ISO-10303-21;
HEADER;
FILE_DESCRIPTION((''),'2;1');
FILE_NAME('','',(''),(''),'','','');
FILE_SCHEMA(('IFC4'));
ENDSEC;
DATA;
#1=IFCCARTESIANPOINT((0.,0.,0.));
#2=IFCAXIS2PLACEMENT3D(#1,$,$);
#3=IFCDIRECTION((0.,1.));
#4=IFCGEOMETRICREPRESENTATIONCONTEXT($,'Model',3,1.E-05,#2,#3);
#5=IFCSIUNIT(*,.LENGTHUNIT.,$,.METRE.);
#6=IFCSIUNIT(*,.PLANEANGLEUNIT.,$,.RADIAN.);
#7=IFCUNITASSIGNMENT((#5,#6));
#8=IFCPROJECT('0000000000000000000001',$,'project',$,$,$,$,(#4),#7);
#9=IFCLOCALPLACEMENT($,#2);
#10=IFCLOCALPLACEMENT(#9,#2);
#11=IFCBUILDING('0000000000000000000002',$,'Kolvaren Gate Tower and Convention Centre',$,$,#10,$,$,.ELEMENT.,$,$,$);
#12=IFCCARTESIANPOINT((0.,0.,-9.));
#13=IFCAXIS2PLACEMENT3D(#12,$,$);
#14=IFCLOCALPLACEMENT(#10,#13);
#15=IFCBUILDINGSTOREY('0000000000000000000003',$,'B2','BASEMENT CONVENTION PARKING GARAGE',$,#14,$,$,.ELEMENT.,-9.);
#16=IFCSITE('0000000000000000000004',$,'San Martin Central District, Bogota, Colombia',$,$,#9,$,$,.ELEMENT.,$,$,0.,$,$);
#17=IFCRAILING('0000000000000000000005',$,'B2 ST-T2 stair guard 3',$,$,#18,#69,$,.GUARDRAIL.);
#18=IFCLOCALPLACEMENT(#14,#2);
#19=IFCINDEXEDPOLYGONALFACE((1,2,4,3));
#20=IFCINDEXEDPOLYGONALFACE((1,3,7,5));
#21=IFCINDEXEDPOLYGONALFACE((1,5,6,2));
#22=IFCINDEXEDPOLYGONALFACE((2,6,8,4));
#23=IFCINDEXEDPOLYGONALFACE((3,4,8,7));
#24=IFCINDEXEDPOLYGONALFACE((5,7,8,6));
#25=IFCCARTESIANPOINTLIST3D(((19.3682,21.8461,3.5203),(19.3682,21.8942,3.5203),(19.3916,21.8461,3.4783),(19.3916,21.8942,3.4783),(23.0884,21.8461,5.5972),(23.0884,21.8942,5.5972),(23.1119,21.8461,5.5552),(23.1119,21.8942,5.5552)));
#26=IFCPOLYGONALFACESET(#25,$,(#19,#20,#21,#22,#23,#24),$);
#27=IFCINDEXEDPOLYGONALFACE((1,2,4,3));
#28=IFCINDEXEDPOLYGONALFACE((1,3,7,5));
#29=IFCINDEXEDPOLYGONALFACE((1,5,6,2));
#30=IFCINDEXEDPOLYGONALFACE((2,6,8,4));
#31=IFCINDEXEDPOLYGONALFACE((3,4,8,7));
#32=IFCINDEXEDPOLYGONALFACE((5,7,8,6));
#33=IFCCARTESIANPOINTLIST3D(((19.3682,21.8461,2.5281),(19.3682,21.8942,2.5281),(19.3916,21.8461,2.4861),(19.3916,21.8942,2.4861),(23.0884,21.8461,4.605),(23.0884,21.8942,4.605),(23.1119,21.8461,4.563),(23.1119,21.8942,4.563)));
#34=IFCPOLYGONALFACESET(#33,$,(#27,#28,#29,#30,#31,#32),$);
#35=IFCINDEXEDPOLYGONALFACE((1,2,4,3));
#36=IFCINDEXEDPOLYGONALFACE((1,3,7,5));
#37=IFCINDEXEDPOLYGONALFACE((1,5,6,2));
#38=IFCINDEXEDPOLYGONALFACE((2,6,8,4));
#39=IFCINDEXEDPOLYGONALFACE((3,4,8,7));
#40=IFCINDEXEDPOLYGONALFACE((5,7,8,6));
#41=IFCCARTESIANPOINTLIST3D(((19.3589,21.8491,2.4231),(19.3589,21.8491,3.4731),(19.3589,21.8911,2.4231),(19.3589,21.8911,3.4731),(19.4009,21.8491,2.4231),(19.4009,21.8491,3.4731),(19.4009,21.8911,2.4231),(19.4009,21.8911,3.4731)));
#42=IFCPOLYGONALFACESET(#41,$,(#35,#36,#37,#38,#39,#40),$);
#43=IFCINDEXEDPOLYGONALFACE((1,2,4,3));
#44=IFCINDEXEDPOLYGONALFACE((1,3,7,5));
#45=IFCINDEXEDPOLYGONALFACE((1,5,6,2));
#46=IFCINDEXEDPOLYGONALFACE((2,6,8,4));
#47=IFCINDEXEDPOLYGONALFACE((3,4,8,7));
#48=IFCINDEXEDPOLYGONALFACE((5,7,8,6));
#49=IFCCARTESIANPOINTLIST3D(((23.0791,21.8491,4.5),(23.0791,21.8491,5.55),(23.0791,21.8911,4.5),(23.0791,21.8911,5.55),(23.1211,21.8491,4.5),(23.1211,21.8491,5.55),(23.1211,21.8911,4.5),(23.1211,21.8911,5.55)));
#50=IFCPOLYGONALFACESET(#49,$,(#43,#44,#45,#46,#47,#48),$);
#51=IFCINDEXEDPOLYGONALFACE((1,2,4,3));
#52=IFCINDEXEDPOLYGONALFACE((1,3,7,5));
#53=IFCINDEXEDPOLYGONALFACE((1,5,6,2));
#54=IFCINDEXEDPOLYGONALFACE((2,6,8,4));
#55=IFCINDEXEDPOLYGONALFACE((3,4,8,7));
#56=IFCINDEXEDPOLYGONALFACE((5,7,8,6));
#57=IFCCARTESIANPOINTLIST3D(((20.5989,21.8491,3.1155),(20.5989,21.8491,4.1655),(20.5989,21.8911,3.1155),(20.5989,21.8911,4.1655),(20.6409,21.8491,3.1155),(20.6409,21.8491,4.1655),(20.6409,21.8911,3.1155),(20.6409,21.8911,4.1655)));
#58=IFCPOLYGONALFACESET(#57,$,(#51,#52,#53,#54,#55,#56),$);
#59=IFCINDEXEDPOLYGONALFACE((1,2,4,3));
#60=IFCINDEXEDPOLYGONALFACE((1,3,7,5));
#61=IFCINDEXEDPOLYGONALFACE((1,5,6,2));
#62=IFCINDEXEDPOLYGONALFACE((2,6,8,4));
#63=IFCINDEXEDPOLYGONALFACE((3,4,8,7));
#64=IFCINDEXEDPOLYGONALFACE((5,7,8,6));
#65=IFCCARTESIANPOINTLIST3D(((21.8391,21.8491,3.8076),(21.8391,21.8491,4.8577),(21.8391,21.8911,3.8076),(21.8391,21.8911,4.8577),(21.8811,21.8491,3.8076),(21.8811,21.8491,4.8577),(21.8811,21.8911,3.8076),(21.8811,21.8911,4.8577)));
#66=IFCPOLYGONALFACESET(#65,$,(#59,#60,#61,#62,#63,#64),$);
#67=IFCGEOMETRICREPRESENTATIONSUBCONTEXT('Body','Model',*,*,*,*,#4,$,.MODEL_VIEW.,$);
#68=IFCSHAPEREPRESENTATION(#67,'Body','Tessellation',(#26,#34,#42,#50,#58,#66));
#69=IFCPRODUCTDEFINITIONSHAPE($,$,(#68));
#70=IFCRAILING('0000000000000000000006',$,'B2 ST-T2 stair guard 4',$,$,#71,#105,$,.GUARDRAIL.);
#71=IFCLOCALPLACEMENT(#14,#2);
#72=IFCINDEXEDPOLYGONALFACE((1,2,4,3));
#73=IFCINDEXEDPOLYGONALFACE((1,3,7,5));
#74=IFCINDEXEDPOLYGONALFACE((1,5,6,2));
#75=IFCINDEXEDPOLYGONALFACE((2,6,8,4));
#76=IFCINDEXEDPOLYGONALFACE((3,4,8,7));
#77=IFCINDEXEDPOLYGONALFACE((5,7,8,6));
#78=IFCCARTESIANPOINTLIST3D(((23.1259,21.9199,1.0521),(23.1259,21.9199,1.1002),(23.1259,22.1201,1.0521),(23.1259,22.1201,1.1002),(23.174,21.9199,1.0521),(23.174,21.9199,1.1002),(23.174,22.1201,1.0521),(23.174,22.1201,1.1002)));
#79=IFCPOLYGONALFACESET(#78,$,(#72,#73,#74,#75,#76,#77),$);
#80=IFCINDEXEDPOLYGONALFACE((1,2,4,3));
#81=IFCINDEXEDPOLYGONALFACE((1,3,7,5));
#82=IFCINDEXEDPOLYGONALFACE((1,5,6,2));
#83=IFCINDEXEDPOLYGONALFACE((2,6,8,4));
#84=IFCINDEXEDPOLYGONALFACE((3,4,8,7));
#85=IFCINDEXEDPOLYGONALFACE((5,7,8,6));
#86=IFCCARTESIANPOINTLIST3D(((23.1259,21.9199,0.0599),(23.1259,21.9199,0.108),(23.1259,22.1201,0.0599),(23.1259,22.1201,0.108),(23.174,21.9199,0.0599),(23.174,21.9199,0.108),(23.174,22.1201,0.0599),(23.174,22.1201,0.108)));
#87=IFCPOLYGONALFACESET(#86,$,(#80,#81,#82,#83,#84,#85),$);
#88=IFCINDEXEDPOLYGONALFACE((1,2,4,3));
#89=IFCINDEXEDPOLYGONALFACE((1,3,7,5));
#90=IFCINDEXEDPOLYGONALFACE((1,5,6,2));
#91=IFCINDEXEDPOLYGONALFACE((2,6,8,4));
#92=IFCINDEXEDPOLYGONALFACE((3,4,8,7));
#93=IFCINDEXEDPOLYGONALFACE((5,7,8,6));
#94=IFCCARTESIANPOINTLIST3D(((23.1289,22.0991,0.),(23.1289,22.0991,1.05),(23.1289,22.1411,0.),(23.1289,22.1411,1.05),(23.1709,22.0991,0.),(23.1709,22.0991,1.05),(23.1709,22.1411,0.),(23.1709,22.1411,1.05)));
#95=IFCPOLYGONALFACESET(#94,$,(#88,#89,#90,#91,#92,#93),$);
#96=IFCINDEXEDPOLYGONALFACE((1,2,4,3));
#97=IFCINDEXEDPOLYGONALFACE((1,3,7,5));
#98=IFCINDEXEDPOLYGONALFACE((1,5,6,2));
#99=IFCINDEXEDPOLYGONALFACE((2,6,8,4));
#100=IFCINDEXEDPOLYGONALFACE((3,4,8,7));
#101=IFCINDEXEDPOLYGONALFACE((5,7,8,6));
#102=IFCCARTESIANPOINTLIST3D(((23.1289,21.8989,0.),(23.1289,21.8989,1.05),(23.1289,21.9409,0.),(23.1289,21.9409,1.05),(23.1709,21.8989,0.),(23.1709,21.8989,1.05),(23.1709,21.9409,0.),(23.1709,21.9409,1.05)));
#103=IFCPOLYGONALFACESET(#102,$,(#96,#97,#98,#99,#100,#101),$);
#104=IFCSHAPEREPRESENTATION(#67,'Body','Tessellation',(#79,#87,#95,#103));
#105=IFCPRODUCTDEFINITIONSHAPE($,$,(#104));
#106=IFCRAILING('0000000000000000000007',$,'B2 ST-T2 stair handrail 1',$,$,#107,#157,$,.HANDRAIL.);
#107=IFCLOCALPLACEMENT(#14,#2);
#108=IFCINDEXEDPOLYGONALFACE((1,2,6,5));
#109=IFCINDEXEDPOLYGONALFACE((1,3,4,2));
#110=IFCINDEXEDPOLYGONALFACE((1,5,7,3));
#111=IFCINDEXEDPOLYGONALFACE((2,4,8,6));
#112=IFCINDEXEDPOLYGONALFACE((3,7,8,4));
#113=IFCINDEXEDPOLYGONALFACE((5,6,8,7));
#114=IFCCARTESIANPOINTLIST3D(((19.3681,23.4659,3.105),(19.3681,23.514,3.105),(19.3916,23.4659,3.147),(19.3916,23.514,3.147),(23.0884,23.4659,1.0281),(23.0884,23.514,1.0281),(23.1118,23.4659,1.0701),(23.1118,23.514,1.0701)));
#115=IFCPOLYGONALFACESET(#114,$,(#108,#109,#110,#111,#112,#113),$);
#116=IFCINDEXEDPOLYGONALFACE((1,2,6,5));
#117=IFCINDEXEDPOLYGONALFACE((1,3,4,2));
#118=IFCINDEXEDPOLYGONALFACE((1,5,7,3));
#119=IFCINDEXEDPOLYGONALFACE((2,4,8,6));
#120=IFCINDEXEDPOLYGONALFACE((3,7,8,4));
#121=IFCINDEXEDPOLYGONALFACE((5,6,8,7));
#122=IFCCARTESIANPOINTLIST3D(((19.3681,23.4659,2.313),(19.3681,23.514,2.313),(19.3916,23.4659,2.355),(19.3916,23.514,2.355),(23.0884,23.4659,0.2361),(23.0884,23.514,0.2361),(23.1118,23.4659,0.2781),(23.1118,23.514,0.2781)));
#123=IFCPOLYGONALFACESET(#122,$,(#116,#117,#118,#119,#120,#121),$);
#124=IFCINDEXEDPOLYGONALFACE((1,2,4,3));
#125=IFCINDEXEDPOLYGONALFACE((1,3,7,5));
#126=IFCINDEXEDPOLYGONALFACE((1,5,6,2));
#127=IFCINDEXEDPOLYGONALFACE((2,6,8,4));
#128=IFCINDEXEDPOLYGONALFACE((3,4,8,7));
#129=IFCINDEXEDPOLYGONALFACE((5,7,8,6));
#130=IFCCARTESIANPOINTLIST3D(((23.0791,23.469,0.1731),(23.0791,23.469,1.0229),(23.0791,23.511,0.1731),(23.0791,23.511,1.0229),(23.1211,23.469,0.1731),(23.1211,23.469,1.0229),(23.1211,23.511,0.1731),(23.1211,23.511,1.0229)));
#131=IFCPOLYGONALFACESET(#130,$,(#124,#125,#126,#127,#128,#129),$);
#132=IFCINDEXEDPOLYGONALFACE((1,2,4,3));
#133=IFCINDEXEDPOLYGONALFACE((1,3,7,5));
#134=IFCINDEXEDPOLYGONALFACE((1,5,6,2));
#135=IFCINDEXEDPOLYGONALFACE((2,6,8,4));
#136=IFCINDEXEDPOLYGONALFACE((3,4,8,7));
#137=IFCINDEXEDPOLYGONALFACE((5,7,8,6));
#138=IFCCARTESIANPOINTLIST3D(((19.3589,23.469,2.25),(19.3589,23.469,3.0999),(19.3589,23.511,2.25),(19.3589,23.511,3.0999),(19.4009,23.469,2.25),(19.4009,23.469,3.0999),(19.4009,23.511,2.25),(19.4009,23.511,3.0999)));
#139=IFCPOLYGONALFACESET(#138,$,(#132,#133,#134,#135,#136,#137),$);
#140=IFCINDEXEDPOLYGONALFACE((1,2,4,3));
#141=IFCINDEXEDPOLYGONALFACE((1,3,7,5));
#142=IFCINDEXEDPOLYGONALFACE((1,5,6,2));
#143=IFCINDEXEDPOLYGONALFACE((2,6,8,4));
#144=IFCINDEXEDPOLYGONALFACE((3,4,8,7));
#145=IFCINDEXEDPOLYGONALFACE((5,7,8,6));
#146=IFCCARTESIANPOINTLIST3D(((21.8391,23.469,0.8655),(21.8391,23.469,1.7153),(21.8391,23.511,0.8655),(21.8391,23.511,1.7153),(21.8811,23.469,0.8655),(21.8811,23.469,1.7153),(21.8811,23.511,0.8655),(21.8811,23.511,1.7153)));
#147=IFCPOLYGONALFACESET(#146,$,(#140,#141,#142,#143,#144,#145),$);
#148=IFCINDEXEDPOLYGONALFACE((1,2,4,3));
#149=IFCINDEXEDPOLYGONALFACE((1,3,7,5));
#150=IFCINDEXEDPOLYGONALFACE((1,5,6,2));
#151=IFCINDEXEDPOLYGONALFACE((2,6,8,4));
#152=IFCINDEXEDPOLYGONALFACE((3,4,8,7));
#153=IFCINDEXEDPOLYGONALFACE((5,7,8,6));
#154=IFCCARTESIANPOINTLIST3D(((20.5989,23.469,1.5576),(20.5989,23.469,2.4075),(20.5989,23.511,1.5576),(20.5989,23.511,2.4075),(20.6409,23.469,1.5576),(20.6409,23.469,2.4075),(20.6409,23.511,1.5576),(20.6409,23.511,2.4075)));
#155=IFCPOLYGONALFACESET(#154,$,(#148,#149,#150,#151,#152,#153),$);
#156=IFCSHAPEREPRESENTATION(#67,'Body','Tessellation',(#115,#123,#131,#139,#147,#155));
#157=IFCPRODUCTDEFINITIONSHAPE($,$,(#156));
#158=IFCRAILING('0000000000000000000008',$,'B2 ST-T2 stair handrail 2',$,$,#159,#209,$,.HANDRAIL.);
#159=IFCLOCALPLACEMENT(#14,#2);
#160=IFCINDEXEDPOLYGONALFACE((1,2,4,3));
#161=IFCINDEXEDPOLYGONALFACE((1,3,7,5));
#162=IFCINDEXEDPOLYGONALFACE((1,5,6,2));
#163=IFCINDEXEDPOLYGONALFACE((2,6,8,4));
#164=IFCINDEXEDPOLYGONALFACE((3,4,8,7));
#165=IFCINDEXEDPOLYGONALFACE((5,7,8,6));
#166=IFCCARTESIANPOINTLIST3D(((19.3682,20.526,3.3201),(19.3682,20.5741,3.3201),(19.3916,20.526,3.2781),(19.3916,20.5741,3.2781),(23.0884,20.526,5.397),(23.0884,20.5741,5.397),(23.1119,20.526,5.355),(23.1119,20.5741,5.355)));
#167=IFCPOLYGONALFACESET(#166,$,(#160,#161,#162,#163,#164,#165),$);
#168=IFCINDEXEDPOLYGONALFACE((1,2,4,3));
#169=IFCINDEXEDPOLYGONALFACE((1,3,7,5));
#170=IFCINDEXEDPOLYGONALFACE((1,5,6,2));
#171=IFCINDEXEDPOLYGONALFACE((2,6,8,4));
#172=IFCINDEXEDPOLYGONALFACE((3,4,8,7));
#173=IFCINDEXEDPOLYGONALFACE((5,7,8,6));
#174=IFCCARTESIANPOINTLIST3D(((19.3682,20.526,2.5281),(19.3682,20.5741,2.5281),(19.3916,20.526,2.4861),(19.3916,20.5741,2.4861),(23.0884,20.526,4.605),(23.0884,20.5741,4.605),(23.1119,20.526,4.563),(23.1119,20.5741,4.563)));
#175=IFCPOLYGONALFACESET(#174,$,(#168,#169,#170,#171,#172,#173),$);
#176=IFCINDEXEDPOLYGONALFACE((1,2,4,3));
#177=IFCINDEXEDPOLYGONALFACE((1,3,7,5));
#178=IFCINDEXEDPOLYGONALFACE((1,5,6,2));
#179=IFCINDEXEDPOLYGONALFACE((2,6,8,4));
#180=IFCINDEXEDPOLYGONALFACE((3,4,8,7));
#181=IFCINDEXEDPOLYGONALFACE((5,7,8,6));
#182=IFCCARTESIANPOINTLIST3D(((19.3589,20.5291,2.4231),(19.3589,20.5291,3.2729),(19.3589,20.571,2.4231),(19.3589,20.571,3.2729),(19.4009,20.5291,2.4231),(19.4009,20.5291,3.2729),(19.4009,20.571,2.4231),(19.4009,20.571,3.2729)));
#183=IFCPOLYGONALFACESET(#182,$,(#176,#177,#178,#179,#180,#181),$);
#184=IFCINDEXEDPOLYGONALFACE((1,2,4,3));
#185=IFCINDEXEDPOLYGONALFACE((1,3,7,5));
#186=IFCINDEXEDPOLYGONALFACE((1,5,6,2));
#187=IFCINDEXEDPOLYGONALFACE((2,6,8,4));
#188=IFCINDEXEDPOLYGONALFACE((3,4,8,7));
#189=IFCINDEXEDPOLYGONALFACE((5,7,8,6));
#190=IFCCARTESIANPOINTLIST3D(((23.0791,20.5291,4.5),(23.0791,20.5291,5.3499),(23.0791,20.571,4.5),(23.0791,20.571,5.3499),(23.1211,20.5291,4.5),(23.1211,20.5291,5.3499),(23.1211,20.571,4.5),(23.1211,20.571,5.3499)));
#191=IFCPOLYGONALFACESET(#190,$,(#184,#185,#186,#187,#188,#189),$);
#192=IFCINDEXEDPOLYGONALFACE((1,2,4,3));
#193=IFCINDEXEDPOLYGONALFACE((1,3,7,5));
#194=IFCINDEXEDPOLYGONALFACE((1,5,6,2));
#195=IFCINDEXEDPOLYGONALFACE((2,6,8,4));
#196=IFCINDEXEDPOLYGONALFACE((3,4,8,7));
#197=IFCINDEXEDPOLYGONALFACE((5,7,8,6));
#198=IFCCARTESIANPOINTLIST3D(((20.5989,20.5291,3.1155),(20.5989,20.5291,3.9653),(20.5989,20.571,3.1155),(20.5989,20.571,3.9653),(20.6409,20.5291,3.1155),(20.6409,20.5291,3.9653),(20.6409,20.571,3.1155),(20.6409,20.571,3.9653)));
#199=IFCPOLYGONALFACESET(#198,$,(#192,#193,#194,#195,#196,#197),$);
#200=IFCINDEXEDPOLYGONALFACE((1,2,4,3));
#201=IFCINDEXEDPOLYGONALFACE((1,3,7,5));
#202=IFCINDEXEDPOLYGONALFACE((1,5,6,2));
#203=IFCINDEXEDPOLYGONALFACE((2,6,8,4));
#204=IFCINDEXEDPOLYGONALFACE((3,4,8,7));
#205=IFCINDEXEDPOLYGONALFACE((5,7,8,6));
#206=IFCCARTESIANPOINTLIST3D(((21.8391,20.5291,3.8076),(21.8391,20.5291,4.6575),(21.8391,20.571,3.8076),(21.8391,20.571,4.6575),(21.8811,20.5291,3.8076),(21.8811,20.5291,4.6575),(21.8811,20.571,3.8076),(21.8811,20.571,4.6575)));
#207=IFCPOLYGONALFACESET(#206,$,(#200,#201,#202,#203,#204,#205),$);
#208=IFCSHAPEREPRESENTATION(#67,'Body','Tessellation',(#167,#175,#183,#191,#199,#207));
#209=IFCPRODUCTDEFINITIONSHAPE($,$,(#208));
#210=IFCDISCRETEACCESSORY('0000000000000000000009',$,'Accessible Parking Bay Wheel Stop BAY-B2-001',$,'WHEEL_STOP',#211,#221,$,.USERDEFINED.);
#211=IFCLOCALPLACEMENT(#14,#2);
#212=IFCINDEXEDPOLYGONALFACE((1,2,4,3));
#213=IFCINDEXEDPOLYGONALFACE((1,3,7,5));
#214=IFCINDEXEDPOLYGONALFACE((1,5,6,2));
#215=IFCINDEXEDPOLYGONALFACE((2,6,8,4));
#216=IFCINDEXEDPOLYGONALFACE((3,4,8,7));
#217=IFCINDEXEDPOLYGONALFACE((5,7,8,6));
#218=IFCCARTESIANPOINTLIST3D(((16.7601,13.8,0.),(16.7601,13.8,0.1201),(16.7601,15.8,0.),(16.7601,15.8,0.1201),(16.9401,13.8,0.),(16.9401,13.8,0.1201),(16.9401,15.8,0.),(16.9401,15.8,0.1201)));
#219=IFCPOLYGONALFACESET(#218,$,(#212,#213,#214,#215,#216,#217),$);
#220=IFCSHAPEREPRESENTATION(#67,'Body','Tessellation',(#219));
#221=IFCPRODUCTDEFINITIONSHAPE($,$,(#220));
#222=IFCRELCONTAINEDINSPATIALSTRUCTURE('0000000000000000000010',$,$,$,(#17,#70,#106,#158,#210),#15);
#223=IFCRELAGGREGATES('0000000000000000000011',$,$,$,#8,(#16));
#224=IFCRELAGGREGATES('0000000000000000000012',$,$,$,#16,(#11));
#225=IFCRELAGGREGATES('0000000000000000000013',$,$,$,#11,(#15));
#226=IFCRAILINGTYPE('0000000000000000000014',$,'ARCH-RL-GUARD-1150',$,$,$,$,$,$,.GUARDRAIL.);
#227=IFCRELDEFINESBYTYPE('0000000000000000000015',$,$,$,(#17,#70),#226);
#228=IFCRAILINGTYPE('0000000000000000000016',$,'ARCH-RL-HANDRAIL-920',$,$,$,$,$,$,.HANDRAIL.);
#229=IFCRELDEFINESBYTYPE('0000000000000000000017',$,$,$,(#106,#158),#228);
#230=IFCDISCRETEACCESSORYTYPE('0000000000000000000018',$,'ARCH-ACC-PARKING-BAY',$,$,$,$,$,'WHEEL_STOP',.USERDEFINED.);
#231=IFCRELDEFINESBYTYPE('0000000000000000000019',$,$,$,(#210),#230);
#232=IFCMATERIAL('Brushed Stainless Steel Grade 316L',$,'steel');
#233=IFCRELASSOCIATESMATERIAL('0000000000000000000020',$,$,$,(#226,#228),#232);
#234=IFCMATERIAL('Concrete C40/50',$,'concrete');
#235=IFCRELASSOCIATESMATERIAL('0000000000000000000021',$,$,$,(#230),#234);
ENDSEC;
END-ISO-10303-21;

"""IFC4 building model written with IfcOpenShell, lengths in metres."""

from ifc_helpers import new_model, si_unit, direction, frame, origin, origin_2d, place, context, subcontext, project, spatial, rectangle, extrude, material, type_object, element, save


model = new_model("IFC4")

# Units and contexts
model_context = context("Model", 3, precision=1e-05, world=origin(), true_north=direction((0.0, 1.0)))
body_context = subcontext(model_context, "Body", "Model", "MODEL_VIEW")
ifc_project = project(units=[si_unit("LENGTHUNIT", "METRE"), si_unit("PLANEANGLEUNIT", "RADIAN")], contexts=[model_context])

# Site, building, storey
site_placement = place(None, origin())
site = spatial("IfcSite", under=ifc_project, at=site_placement, Name="San Martin Central District, Bogota, Colombia", CompositionType="ELEMENT", RefElevation=0.0)
building_placement = place(site_placement, origin())
building = spatial("IfcBuilding", under=site, at=building_placement, Name="Kolvaren Gate Tower and Convention Centre", CompositionType="ELEMENT")
storey_placement = place(building_placement, frame((0.0, 0.0, -9.0)))
storey = spatial("IfcBuildingStorey", under=building, at=storey_placement, Name="B2", Description="BASEMENT CONVENTION PARKING GARAGE", CompositionType="ELEMENT", Elevation=-9.0)

# Shared definitions
ifc_material_1 = material(Name="Brushed Stainless Steel Grade 316L", Category="steel")

# Railings
railing_type_1 = type_object("IfcRailingType", Name="ARCH-RL-GUARD-1150", PredefinedType="GUARDRAIL", material=ifc_material_1)
railing_1_placement = place(storey_placement, frame((19.3799, 21.8701, 2.4231)))
element("IfcRailing", 1, at=railing_1_placement, inside=storey, type_object=railing_type_1, Name="B2 ST-T2 stair guard 3", PredefinedType="GUARDRAIL", context=body_context, shape_type="SweptSolid", body=[
    extrude(rectangle(XDim=0.0481, YDim=0.0481, at=origin_2d()), frame((0.0, 0.0, 1.0762), z_axis=(0.873147, 0.0, 0.487457), x_axis=(0.0, 1.0, 0.0)), (0.0, 0.0, 1.0), 4.2607),
    extrude(rectangle(XDim=0.0481, YDim=0.0481, at=origin_2d()), frame((0.0, 0.0, 0.084), z_axis=(0.873147, 0.0, 0.487457), x_axis=(0.0, 1.0, 0.0)), (0.0, 0.0, 1.0), 4.2607),
    extrude(rectangle(XDim=0.042, YDim=0.042, at=origin_2d()), origin(), (0.0, 0.0, 1.0), 1.05),
    extrude(rectangle(XDim=0.042, YDim=0.042, at=origin_2d()), frame((3.7202, 0.0, 2.0769)), (0.0, 0.0, 1.0), 1.05),
    extrude(rectangle(XDim=0.042, YDim=0.042, at=origin_2d()), frame((1.24, 0.0, 0.6924)), (0.0, 0.0, 1.0), 1.05),
    extrude(rectangle(XDim=0.042, YDim=0.042, at=origin_2d()), frame((2.4802, 0.0, 1.3845)), (0.0, 0.0, 1.0), 1.05),
])
railing_2_placement = place(storey_placement, frame((23.1499, 22.1201, 0.0)))
element("IfcRailing", 2, at=railing_2_placement, inside=storey, type_object=railing_type_1, Name="B2 ST-T2 stair guard 4", PredefinedType="GUARDRAIL", context=body_context, shape_type="SweptSolid", body=[
    extrude(rectangle(XDim=0.0481, YDim=0.0481, at=origin_2d()), frame((0.0, 0.0, 1.0762), z_axis=(0.0, -1.0, 0.0), x_axis=(1.0, 0.0, 0.0)), (0.0, 0.0, 1.0), 0.2002),
    extrude(rectangle(XDim=0.0481, YDim=0.0481, at=origin_2d()), frame((0.0, 0.0, 0.084), z_axis=(0.0, -1.0, 0.0), x_axis=(1.0, 0.0, 0.0)), (0.0, 0.0, 1.0), 0.2002),
    extrude(rectangle(XDim=0.042, YDim=0.042, at=origin_2d()), origin(), (0.0, 0.0, 1.0), 1.05),
    extrude(rectangle(XDim=0.042, YDim=0.042, at=origin_2d()), frame((0.0, -0.2002, 0.0)), (0.0, 0.0, 1.0), 1.05),
])
railing_type_2 = type_object("IfcRailingType", Name="ARCH-RL-HANDRAIL-920", PredefinedType="HANDRAIL", material=ifc_material_1)
railing_3_placement = place(storey_placement, frame((23.1001, 23.49, 0.1731)))
element("IfcRailing", 3, at=railing_3_placement, inside=storey, type_object=railing_type_2, Name="B2 ST-T2 stair handrail 1", PredefinedType="HANDRAIL", context=body_context, shape_type="SweptSolid", body=[
    extrude(rectangle(XDim=0.0481, YDim=0.0481, at=origin_2d()), frame((0.0, 0.0, 0.876), z_axis=(-0.873147, 0.0, 0.487457), x_axis=(0.0, -1.0, 0.0)), (0.0, 0.0, 1.0), 4.2607),
    extrude(rectangle(XDim=0.0481, YDim=0.0481, at=origin_2d()), frame((0.0, 0.0, 0.084), z_axis=(-0.873147, 0.0, 0.487457), x_axis=(0.0, -1.0, 0.0)), (0.0, 0.0, 1.0), 4.2607),
    extrude(rectangle(XDim=0.042, YDim=0.042, at=origin_2d()), origin(), (0.0, 0.0, 1.0), 0.8499),
    extrude(rectangle(XDim=0.042, YDim=0.042, at=origin_2d()), frame((-3.7202, 0.0, 2.0769)), (0.0, 0.0, 1.0), 0.8499),
    extrude(rectangle(XDim=0.042, YDim=0.042, at=origin_2d()), frame((-1.24, 0.0, 0.6924)), (0.0, 0.0, 1.0), 0.8499),
    extrude(rectangle(XDim=0.042, YDim=0.042, at=origin_2d()), frame((-2.4802, 0.0, 1.3845)), (0.0, 0.0, 1.0), 0.8499),
])
railing_4_placement = place(storey_placement, frame((19.3799, 20.55, 2.4231)))
element("IfcRailing", 4, at=railing_4_placement, inside=storey, type_object=railing_type_2, Name="B2 ST-T2 stair handrail 2", PredefinedType="HANDRAIL", context=body_context, shape_type="SweptSolid", body=[
    extrude(rectangle(XDim=0.0481, YDim=0.0481, at=origin_2d()), frame((0.0, 0.0, 0.876), z_axis=(0.873147, 0.0, 0.487457), x_axis=(0.0, 1.0, 0.0)), (0.0, 0.0, 1.0), 4.2607),
    extrude(rectangle(XDim=0.0481, YDim=0.0481, at=origin_2d()), frame((0.0, 0.0, 0.084), z_axis=(0.873147, 0.0, 0.487457), x_axis=(0.0, 1.0, 0.0)), (0.0, 0.0, 1.0), 4.2607),
    extrude(rectangle(XDim=0.042, YDim=0.042, at=origin_2d()), origin(), (0.0, 0.0, 1.0), 0.8499),
    extrude(rectangle(XDim=0.042, YDim=0.042, at=origin_2d()), frame((3.7202, 0.0, 2.0769)), (0.0, 0.0, 1.0), 0.8499),
    extrude(rectangle(XDim=0.042, YDim=0.042, at=origin_2d()), frame((1.24, 0.0, 0.6924)), (0.0, 0.0, 1.0), 0.8499),
    extrude(rectangle(XDim=0.042, YDim=0.042, at=origin_2d()), frame((2.4802, 0.0, 1.3845)), (0.0, 0.0, 1.0), 0.8499),
])

# Discrete accessory
ifc_material_2 = material(Name="Concrete C40/50", Category="concrete")
discrete_accessory_type = type_object("IfcDiscreteAccessoryType", Name="ARCH-ACC-PARKING-BAY", ElementType="WHEEL_STOP", PredefinedType="USERDEFINED", material=ifc_material_2)
discrete_accessory_placement = place(storey_placement, frame((16.8501, 14.8, 0.0), z_axis=(0.0, 0.0, 1.0), x_axis=(0.0, 1.0, 0.0)))
element("IfcDiscreteAccessory", 5, at=discrete_accessory_placement, inside=storey, type_object=discrete_accessory_type, Name="Accessible Parking Bay Wheel Stop BAY-B2-001", ObjectType="WHEEL_STOP", PredefinedType="USERDEFINED", context=body_context, shape_type="SweptSolid", body=[
    extrude(rectangle(XDim=2.0, YDim=0.1799, at=origin_2d()), origin(), (0.0, 0.0, 1.0), 0.1201),
])

save(model, "model.ifc")
